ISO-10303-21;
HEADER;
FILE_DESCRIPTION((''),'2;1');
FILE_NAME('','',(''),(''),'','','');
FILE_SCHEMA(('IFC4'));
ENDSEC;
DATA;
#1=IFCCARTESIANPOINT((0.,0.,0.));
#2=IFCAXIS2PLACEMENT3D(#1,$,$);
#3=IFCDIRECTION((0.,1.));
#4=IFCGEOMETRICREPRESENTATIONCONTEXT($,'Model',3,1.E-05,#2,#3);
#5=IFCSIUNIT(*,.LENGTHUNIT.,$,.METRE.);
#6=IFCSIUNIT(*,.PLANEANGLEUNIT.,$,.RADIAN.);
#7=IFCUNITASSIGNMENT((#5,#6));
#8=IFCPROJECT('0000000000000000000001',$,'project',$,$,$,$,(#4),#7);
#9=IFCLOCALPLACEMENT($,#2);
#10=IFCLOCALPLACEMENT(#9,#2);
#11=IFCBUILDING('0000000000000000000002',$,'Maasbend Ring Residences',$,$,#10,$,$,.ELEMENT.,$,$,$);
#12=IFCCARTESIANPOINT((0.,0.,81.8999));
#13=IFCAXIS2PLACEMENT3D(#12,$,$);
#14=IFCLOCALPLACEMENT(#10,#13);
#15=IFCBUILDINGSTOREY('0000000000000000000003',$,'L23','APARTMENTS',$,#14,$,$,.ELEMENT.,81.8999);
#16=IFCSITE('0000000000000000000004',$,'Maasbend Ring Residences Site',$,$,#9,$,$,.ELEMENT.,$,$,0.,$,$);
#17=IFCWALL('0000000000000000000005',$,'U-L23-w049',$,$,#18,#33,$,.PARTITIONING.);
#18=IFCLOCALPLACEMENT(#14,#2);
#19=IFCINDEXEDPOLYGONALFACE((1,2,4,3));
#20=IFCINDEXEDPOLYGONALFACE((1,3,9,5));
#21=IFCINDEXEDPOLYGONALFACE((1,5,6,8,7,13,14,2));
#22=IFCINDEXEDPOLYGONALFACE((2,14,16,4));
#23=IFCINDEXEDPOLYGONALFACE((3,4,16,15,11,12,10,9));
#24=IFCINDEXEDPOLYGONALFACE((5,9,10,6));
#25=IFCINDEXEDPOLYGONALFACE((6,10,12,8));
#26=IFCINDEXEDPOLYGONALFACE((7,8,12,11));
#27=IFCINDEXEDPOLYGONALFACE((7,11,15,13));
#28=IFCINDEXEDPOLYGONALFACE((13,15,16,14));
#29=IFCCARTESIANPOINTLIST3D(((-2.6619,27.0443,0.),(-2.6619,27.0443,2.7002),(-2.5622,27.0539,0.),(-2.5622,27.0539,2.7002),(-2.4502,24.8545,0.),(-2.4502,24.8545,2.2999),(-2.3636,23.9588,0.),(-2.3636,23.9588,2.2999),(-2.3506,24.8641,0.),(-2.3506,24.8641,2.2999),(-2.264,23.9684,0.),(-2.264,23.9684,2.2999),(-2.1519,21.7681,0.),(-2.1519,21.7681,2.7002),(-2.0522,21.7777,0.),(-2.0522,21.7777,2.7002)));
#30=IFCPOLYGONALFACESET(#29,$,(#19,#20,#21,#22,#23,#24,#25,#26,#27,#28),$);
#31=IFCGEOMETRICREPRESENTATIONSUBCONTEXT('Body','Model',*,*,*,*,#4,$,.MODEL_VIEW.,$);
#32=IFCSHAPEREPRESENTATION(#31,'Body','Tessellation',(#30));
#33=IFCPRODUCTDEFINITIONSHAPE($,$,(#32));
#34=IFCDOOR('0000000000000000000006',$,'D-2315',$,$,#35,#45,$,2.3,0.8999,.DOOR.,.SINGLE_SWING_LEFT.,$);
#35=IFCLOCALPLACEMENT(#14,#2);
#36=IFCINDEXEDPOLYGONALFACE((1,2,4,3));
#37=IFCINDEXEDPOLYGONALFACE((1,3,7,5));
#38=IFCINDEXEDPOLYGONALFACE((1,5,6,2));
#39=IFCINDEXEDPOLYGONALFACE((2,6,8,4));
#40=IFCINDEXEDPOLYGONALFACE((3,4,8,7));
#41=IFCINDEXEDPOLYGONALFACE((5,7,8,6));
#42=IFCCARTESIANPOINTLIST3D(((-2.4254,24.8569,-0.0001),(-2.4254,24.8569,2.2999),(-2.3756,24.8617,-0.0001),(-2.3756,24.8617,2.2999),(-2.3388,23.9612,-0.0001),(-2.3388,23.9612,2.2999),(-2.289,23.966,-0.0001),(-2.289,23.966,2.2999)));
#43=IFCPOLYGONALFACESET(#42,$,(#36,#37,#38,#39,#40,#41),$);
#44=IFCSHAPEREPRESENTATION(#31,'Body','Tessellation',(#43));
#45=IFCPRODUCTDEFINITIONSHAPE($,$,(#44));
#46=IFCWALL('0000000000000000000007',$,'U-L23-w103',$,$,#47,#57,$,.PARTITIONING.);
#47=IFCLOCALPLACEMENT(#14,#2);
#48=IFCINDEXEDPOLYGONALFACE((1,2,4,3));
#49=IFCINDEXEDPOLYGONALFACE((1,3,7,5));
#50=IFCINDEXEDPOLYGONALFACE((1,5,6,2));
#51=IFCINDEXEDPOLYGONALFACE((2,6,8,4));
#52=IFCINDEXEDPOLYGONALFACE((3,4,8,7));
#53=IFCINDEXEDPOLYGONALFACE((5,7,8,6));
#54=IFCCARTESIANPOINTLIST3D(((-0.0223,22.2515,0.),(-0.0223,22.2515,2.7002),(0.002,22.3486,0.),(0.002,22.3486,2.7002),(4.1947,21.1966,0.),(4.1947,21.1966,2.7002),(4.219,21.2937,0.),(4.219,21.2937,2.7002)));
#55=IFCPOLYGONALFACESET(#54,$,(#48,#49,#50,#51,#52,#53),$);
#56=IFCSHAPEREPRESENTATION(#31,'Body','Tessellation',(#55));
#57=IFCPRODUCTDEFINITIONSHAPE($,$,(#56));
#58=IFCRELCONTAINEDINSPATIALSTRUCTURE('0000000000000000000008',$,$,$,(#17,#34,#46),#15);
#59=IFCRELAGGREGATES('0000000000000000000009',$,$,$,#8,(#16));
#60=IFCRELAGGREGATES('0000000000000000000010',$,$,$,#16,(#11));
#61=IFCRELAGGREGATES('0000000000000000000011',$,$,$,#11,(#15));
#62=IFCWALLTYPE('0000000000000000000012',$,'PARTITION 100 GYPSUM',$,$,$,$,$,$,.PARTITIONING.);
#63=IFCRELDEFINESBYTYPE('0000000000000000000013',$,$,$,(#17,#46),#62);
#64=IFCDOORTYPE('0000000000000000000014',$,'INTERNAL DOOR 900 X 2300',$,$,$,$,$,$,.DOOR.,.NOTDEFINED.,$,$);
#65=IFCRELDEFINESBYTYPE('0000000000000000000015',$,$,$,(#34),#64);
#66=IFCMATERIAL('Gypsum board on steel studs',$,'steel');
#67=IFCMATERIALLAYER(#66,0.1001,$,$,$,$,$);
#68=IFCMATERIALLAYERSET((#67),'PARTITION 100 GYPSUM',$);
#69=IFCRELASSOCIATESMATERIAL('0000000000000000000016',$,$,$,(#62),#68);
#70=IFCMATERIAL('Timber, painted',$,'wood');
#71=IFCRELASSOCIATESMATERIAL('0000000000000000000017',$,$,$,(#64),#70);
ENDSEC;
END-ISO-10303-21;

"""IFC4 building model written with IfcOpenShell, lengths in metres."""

from ifc_helpers import new_model, si_unit, direction, frame, frame_2d, origin, place, context, subcontext, project, spatial, rectangle, extrude, material, layer, layer_set, type_object, element, fill, save


model = new_model("IFC4")

# Units and contexts
model_context = context("Model", 3, precision=1e-05, world=origin(), true_north=direction((0.0, 1.0)))
body_context = subcontext(model_context, "Body", "Model", "MODEL_VIEW")
ifc_project = project(units=[si_unit("LENGTHUNIT", "METRE"), si_unit("PLANEANGLEUNIT", "RADIAN")], contexts=[model_context])

# Site, building, storey
site_placement = place(None, origin())
site = spatial("IfcSite", under=ifc_project, at=site_placement, Name="Maasbend Ring Residences Site", CompositionType="ELEMENT", RefElevation=0.0)
building_placement = place(site_placement, origin())
building = spatial("IfcBuilding", under=site, at=building_placement, Name="Maasbend Ring Residences", CompositionType="ELEMENT")
storey_placement = place(building_placement, frame((0.0, 0.0, 81.8999)))
storey = spatial("IfcBuildingStorey", under=building, at=storey_placement, Name="L23", Description="APARTMENTS", CompositionType="ELEMENT", Elevation=81.8999)

# Shared definitions
ifc_material_1 = material(Name="Gypsum board on steel studs", Category="steel")
ifc_layer_1 = layer(ifc_material_1, 0.1001)
ifc_layer_set_1 = layer_set([ifc_layer_1], Name="PARTITION 100 GYPSUM")
wall_type_1 = type_object("IfcWallType", Name="PARTITION 100 GYPSUM", PredefinedType="PARTITIONING", material=ifc_layer_set_1)
ifc_material_2 = material(Name="Timber, painted", Category="wood")
door_type_1 = type_object("IfcDoorType", Name="INTERNAL DOOR 900 X 2300", OperationType="NOTDEFINED", PredefinedType="DOOR", material=ifc_material_2)

# Wall, opening, door
wall_1_placement = place(storey_placement, frame((-2.6121, 27.0491, 0.0), z_axis=(0.0, 0.0, 1.0), x_axis=(0.096215, -0.995361, 0.0)))
wall_1 = element("IfcWall", 1, at=wall_1_placement, inside=storey, type_object=wall_type_1, Name="U-L23-w049", PredefinedType="PARTITIONING", context=body_context, shape_type="SweptSolid", body=[
    extrude(rectangle(XDim=5.3008, YDim=0.1001, at=frame_2d((2.6504, 0.0))), origin(), (0.0, 0.0, 1.0), 2.7002),
])
opening_1_placement = place(wall_1_placement, frame((2.2, 0.0, 0.0)))
opening_1 = element("IfcOpeningElement", 2, at=opening_1_placement, cuts=wall_1, PredefinedType="OPENING", context=body_context, shape_type="SweptSolid", body=[
    extrude(rectangle(XDim=0.8999, YDim=2.3, at=frame_2d((0.45, 1.1499))), frame((0.0, 0.0601, 0.0), z_axis=(0.0, -1.0, 0.0), x_axis=(1.0, 0.0, 0.0)), (0.0, 0.0, 1.0), 0.1201),
])
door_1_placement = place(opening_1_placement, origin())
door_1 = element("IfcDoor", 3, at=door_1_placement, inside=storey, type_object=door_type_1, Name="D-2315", OperationType="SINGLE_SWING_LEFT", OverallHeight=2.3, OverallWidth=0.8999, PredefinedType="DOOR", context=body_context, shape_type="SweptSolid", body=[
    extrude(rectangle(XDim=0.8999, YDim=2.3, at=frame_2d((0.45, 1.1499))), frame((0.0, 0.0249, 0.0), z_axis=(0.0, -1.0, 0.0), x_axis=(1.0, 0.0, 0.0)), (0.0, 0.0, 1.0), 0.05),
])
fill(opening_1, door_1)

# Wall
wall_2_placement = place(storey_placement, frame((-0.01, 22.3, 0.0), z_axis=(0.0, 0.0, 1.0), x_axis=(0.970106, -0.242681, 0.0)))
element("IfcWall", 4, at=wall_2_placement, inside=storey, type_object=wall_type_1, Name="U-L23-w103", PredefinedType="PARTITIONING", context=body_context, shape_type="SweptSolid", body=[
    extrude(rectangle(XDim=4.3469, YDim=0.1001, at=frame_2d((2.1733, 0.0))), origin(), (0.0, 0.0, 1.0), 2.7002),
])

save(model, "model.ifc")
